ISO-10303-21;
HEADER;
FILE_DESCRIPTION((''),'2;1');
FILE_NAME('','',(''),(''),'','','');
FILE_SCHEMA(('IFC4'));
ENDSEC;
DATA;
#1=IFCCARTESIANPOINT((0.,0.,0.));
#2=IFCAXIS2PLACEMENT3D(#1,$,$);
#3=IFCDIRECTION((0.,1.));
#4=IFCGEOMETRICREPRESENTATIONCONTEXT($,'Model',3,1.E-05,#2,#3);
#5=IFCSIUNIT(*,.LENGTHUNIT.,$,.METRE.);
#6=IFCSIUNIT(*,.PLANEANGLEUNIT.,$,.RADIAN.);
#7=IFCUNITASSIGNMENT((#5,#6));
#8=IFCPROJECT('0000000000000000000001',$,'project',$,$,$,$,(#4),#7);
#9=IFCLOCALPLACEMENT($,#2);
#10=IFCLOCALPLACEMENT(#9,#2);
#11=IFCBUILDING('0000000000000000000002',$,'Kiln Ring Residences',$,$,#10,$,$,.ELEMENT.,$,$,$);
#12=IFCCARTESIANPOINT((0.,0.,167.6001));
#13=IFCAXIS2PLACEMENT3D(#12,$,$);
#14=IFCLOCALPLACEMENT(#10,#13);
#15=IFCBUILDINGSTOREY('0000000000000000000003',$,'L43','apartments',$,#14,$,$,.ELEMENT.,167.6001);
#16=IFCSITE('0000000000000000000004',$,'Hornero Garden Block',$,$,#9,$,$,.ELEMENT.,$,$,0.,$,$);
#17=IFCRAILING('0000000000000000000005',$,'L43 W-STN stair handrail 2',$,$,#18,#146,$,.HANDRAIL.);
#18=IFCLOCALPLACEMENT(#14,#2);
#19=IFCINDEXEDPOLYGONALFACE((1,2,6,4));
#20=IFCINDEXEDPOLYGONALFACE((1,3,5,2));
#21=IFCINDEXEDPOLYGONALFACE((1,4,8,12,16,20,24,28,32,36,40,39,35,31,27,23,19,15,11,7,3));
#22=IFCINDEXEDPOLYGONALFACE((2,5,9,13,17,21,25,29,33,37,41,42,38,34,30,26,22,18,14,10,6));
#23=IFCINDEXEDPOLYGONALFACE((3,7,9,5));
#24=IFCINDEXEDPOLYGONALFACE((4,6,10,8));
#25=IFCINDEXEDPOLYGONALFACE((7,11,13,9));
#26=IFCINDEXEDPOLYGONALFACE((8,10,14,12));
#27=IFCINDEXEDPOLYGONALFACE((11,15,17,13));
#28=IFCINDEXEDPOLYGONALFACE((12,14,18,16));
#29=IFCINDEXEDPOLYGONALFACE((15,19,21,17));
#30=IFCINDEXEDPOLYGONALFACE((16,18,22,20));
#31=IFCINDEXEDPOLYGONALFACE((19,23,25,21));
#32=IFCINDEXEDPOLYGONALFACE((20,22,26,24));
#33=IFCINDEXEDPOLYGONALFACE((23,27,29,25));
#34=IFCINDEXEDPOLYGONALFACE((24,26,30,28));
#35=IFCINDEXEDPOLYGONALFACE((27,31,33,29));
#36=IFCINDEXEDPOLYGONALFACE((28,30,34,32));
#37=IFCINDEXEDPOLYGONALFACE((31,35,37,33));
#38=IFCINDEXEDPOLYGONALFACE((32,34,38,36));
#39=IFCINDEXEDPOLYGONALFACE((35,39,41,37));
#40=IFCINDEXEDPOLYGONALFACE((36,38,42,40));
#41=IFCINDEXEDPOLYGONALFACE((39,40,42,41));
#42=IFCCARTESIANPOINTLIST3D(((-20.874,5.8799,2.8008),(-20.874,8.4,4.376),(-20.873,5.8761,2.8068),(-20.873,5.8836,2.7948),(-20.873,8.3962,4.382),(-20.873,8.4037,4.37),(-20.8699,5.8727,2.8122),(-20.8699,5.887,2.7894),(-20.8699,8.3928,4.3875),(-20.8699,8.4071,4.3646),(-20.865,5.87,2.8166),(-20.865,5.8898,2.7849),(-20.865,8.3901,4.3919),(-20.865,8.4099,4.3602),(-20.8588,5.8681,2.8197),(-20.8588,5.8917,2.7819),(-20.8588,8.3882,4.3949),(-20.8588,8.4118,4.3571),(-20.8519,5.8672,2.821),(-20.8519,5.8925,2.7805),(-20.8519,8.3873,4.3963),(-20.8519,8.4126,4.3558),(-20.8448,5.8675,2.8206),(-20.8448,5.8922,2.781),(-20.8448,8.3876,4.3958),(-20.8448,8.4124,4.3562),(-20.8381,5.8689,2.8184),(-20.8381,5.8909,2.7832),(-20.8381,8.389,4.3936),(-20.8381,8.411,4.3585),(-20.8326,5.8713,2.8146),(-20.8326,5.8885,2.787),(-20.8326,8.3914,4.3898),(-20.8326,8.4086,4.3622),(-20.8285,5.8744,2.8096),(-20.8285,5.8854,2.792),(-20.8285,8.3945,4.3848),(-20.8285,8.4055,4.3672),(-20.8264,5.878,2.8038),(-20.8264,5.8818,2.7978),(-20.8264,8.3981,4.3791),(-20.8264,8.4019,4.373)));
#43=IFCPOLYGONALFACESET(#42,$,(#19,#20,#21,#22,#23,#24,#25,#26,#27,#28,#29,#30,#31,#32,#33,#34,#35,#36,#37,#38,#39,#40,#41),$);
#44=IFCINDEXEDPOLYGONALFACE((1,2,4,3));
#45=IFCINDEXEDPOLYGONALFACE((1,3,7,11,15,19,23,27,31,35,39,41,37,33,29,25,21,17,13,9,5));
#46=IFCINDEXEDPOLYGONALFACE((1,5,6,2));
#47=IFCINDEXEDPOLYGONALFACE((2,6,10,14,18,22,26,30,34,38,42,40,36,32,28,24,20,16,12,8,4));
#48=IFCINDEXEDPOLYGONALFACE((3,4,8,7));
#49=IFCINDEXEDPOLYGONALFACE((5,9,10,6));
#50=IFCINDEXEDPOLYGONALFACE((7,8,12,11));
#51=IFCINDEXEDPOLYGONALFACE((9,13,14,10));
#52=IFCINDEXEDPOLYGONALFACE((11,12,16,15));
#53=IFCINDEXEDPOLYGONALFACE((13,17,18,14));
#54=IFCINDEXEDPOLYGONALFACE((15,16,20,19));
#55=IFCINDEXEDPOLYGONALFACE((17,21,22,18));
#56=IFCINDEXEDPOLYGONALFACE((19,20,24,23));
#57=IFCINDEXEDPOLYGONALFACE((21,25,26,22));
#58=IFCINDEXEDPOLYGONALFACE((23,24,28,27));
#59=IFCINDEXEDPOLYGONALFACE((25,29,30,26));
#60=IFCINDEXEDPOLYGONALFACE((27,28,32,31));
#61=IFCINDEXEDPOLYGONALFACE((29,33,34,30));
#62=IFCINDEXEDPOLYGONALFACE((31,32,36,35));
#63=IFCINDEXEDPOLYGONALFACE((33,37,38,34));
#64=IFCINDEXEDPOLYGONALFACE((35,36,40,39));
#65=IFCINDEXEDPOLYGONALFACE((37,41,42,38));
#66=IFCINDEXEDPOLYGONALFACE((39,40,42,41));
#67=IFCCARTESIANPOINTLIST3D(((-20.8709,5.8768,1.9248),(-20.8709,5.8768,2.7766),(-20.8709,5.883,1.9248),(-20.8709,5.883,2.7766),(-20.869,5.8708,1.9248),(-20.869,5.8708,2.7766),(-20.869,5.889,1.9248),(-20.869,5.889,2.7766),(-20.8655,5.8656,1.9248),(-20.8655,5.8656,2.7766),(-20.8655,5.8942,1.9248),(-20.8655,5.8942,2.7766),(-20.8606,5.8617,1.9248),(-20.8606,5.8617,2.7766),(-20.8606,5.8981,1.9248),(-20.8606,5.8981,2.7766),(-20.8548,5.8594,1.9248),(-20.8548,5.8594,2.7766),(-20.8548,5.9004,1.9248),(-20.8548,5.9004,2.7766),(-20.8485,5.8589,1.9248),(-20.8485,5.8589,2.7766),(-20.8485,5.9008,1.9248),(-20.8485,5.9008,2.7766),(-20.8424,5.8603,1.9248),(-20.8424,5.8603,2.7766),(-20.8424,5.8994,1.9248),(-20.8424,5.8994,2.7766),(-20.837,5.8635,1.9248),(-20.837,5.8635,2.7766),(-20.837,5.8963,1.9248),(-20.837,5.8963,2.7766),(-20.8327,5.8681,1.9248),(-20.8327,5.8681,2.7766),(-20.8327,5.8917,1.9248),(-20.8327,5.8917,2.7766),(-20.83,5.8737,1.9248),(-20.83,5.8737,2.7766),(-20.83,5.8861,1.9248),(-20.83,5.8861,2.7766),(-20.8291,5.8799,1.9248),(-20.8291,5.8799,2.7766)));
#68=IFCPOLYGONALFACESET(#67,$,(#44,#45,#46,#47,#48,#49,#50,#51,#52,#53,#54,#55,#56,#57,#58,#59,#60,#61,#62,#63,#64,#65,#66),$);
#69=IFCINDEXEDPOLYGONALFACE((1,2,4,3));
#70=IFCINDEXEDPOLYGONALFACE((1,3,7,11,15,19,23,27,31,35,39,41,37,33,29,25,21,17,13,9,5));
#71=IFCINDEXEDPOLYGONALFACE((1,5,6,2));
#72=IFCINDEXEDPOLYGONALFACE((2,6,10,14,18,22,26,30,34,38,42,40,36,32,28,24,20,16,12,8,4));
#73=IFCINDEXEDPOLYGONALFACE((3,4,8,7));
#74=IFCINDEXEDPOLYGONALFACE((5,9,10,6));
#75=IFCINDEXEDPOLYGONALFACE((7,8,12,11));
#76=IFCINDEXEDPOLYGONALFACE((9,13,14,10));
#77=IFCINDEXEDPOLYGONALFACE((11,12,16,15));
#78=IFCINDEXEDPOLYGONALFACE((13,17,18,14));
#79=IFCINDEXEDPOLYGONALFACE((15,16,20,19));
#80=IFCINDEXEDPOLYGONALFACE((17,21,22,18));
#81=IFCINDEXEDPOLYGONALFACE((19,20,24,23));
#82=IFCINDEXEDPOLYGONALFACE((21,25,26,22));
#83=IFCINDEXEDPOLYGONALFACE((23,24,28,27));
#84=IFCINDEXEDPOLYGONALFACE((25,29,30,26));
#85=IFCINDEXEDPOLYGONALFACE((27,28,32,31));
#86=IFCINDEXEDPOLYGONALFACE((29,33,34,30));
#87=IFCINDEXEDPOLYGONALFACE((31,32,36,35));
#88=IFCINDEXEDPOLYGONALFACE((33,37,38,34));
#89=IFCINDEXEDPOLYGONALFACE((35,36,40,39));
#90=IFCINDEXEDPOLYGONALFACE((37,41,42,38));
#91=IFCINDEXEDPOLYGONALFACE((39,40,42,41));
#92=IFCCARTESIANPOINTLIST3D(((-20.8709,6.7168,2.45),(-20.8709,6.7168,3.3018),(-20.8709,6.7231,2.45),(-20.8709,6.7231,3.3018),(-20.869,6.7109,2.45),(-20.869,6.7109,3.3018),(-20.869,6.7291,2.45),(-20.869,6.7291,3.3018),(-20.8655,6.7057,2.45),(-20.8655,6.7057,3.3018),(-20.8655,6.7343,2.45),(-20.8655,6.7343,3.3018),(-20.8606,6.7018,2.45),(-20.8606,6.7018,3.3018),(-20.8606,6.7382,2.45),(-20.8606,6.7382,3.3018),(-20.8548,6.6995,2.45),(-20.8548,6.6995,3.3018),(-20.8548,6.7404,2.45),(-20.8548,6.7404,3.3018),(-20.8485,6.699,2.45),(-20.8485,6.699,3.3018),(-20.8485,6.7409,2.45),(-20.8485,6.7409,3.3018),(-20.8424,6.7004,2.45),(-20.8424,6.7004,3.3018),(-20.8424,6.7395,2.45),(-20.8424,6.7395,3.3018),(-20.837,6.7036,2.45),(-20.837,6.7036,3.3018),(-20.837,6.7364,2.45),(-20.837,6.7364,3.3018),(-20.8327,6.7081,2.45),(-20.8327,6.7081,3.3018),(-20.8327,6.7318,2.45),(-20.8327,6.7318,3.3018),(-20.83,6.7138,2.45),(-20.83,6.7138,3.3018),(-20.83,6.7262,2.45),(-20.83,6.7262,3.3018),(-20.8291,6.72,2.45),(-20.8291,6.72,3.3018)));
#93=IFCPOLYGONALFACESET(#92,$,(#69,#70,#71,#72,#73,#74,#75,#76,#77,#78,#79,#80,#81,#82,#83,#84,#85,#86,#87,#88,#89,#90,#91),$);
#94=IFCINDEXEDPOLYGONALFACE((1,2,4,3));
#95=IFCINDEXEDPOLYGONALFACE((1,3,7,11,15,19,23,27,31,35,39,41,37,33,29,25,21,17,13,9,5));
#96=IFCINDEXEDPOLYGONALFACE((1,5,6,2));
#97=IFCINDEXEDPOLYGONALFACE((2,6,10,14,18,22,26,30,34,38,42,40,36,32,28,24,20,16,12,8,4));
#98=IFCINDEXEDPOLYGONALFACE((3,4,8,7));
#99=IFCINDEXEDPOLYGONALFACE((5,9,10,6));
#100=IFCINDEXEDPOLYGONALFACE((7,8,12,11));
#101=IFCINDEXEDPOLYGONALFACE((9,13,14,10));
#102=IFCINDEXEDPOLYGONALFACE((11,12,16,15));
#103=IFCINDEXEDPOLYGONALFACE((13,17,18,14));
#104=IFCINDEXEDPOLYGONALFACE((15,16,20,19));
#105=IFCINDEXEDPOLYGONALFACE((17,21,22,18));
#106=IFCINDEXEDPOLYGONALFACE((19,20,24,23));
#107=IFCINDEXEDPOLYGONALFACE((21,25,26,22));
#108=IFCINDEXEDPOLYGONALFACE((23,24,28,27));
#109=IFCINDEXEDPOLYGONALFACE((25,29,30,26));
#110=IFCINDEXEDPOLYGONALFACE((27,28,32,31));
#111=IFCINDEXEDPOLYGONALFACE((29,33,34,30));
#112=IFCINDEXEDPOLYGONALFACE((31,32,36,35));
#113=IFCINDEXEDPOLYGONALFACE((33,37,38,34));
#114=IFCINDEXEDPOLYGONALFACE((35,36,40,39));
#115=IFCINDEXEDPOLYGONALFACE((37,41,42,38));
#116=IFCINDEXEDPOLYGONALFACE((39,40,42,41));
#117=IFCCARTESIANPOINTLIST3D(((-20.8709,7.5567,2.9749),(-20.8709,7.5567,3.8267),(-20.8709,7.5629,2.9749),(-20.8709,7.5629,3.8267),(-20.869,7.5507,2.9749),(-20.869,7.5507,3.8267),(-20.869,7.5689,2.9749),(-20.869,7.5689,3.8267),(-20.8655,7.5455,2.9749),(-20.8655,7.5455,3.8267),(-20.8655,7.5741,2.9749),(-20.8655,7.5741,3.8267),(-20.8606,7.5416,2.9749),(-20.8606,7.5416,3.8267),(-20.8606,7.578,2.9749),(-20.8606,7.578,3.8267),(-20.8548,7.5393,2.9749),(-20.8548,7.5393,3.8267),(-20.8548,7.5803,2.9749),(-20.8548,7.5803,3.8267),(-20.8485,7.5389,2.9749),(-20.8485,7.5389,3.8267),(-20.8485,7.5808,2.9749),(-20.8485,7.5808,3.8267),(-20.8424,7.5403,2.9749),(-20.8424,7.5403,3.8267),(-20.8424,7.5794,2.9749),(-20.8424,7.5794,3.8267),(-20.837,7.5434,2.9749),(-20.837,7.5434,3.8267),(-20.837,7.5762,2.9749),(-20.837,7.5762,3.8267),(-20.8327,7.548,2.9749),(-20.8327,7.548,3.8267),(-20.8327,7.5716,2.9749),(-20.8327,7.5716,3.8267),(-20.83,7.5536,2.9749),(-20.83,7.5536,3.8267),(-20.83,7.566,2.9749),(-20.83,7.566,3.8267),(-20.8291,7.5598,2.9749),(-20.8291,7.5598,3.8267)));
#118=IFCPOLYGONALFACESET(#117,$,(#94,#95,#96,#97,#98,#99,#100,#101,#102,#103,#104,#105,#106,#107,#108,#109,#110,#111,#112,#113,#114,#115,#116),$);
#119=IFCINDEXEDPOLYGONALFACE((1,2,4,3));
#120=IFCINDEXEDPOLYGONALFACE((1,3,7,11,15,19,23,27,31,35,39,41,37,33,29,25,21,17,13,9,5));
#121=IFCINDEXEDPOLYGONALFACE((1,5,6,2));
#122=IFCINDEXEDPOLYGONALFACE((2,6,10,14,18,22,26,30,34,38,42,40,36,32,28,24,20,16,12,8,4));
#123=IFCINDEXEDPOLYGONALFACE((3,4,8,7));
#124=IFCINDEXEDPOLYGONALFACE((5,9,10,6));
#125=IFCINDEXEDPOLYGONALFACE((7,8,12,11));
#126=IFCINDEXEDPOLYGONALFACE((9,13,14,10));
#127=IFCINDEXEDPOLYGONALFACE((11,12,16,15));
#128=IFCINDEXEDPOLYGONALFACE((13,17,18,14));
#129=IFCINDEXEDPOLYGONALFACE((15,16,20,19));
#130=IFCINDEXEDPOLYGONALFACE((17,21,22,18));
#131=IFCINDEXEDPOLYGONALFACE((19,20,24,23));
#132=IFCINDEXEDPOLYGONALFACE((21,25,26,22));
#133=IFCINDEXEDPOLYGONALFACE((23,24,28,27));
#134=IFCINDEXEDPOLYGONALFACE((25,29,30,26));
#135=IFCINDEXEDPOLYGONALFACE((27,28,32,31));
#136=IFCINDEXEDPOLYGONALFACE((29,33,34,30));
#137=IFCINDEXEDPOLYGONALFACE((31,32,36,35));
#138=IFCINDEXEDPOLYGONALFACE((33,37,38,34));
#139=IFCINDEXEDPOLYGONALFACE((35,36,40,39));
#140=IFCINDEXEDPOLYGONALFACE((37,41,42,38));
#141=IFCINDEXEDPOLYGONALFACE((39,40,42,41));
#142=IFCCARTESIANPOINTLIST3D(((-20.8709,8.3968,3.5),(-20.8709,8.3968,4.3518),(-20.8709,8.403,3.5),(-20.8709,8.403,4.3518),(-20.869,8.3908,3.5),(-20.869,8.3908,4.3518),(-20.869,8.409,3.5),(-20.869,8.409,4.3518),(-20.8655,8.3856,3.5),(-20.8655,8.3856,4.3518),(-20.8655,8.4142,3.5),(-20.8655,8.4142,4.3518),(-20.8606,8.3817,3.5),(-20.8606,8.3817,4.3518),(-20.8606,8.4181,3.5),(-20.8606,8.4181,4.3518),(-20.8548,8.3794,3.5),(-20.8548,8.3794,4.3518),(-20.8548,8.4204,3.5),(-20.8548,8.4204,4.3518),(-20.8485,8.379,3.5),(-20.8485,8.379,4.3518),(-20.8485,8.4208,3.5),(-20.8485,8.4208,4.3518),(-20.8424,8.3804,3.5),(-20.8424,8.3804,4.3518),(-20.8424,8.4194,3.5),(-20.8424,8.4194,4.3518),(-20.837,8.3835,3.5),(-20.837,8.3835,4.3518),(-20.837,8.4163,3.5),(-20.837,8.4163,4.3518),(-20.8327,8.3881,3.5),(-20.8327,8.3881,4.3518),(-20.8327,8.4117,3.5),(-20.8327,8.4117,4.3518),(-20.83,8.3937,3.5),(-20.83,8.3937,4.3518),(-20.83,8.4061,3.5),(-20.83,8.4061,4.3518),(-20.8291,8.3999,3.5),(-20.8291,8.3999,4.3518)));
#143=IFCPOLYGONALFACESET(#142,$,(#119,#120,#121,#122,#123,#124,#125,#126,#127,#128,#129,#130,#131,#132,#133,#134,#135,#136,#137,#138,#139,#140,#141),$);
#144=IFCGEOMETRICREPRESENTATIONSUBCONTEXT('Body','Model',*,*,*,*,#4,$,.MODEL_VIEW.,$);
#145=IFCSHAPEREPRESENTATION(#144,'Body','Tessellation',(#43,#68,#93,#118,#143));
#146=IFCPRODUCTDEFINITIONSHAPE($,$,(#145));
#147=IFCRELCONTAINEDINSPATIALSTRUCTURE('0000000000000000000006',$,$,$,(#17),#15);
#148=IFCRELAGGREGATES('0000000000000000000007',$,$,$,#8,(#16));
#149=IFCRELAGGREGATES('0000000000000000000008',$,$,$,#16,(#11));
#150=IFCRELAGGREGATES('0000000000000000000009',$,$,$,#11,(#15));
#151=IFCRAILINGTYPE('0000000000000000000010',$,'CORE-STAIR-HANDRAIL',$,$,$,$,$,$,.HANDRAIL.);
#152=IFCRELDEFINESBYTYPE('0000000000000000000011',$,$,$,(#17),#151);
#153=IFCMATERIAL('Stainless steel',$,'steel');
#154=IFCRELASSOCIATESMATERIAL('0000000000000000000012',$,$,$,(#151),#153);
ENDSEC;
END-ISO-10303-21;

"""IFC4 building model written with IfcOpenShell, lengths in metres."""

from ifc_helpers import new_model, si_unit, direction, frame, origin, origin_2d, place, context, subcontext, project, spatial, circle, extrude, material, type_object, element, save


model = new_model("IFC4")

# Units and contexts
model_context = context("Model", 3, precision=1e-05, world=origin(), true_north=direction((0.0, 1.0)))
body_context = subcontext(model_context, "Body", "Model", "MODEL_VIEW")
ifc_project = project(units=[si_unit("LENGTHUNIT", "METRE"), si_unit("PLANEANGLEUNIT", "RADIAN")], contexts=[model_context])

# Site, building, storey
site_placement = place(None, origin())
site = spatial("IfcSite", under=ifc_project, at=site_placement, Name="Hornero Garden Block", CompositionType="ELEMENT", RefElevation=0.0)
building_placement = place(site_placement, origin())
building = spatial("IfcBuilding", under=site, at=building_placement, Name="Kiln Ring Residences", CompositionType="ELEMENT")
storey_placement = place(building_placement, frame((0.0, 0.0, 167.6001)))
storey = spatial("IfcBuildingStorey", under=building, at=storey_placement, Name="L43", Description="apartments", CompositionType="ELEMENT", Elevation=167.6001)

# Railing
ifc_material_1 = material(Name="Stainless steel", Category="steel")
railing_type_1 = type_object("IfcRailingType", Name="CORE-STAIR-HANDRAIL", PredefinedType="HANDRAIL", material=ifc_material_1)
railing_1_placement = place(storey_placement, frame((-20.8501, 5.8799, 1.9248)))
element("IfcRailing", 1, at=railing_1_placement, inside=storey, type_object=railing_type_1, Name="L43 W-STN stair handrail 2", PredefinedType="HANDRAIL", context=body_context, shape_type="SweptSolid", body=[
    extrude(circle(Radius=0.0239, at=origin_2d()), frame((0.0, 0.0, 0.876), z_axis=(0.0, 0.847971, 0.530043), x_axis=(-1.0, 0.0, 0.0)), (0.0, 0.0, 1.0), 2.9719),
    extrude(circle(Radius=0.021, at=origin_2d()), origin(), (0.0, 0.0, 1.0), 0.8518),
    extrude(circle(Radius=0.021, at=origin_2d()), frame((0.0, 0.8401, 0.5251)), (0.0, 0.0, 1.0), 0.8518),
    extrude(circle(Radius=0.021, at=origin_2d()), frame((0.0, 1.6799, 1.05)), (0.0, 0.0, 1.0), 0.8518),
    extrude(circle(Radius=0.021, at=origin_2d()), frame((0.0, 2.52, 1.5752)), (0.0, 0.0, 1.0), 0.8518),
])

save(model, "model.ifc")
